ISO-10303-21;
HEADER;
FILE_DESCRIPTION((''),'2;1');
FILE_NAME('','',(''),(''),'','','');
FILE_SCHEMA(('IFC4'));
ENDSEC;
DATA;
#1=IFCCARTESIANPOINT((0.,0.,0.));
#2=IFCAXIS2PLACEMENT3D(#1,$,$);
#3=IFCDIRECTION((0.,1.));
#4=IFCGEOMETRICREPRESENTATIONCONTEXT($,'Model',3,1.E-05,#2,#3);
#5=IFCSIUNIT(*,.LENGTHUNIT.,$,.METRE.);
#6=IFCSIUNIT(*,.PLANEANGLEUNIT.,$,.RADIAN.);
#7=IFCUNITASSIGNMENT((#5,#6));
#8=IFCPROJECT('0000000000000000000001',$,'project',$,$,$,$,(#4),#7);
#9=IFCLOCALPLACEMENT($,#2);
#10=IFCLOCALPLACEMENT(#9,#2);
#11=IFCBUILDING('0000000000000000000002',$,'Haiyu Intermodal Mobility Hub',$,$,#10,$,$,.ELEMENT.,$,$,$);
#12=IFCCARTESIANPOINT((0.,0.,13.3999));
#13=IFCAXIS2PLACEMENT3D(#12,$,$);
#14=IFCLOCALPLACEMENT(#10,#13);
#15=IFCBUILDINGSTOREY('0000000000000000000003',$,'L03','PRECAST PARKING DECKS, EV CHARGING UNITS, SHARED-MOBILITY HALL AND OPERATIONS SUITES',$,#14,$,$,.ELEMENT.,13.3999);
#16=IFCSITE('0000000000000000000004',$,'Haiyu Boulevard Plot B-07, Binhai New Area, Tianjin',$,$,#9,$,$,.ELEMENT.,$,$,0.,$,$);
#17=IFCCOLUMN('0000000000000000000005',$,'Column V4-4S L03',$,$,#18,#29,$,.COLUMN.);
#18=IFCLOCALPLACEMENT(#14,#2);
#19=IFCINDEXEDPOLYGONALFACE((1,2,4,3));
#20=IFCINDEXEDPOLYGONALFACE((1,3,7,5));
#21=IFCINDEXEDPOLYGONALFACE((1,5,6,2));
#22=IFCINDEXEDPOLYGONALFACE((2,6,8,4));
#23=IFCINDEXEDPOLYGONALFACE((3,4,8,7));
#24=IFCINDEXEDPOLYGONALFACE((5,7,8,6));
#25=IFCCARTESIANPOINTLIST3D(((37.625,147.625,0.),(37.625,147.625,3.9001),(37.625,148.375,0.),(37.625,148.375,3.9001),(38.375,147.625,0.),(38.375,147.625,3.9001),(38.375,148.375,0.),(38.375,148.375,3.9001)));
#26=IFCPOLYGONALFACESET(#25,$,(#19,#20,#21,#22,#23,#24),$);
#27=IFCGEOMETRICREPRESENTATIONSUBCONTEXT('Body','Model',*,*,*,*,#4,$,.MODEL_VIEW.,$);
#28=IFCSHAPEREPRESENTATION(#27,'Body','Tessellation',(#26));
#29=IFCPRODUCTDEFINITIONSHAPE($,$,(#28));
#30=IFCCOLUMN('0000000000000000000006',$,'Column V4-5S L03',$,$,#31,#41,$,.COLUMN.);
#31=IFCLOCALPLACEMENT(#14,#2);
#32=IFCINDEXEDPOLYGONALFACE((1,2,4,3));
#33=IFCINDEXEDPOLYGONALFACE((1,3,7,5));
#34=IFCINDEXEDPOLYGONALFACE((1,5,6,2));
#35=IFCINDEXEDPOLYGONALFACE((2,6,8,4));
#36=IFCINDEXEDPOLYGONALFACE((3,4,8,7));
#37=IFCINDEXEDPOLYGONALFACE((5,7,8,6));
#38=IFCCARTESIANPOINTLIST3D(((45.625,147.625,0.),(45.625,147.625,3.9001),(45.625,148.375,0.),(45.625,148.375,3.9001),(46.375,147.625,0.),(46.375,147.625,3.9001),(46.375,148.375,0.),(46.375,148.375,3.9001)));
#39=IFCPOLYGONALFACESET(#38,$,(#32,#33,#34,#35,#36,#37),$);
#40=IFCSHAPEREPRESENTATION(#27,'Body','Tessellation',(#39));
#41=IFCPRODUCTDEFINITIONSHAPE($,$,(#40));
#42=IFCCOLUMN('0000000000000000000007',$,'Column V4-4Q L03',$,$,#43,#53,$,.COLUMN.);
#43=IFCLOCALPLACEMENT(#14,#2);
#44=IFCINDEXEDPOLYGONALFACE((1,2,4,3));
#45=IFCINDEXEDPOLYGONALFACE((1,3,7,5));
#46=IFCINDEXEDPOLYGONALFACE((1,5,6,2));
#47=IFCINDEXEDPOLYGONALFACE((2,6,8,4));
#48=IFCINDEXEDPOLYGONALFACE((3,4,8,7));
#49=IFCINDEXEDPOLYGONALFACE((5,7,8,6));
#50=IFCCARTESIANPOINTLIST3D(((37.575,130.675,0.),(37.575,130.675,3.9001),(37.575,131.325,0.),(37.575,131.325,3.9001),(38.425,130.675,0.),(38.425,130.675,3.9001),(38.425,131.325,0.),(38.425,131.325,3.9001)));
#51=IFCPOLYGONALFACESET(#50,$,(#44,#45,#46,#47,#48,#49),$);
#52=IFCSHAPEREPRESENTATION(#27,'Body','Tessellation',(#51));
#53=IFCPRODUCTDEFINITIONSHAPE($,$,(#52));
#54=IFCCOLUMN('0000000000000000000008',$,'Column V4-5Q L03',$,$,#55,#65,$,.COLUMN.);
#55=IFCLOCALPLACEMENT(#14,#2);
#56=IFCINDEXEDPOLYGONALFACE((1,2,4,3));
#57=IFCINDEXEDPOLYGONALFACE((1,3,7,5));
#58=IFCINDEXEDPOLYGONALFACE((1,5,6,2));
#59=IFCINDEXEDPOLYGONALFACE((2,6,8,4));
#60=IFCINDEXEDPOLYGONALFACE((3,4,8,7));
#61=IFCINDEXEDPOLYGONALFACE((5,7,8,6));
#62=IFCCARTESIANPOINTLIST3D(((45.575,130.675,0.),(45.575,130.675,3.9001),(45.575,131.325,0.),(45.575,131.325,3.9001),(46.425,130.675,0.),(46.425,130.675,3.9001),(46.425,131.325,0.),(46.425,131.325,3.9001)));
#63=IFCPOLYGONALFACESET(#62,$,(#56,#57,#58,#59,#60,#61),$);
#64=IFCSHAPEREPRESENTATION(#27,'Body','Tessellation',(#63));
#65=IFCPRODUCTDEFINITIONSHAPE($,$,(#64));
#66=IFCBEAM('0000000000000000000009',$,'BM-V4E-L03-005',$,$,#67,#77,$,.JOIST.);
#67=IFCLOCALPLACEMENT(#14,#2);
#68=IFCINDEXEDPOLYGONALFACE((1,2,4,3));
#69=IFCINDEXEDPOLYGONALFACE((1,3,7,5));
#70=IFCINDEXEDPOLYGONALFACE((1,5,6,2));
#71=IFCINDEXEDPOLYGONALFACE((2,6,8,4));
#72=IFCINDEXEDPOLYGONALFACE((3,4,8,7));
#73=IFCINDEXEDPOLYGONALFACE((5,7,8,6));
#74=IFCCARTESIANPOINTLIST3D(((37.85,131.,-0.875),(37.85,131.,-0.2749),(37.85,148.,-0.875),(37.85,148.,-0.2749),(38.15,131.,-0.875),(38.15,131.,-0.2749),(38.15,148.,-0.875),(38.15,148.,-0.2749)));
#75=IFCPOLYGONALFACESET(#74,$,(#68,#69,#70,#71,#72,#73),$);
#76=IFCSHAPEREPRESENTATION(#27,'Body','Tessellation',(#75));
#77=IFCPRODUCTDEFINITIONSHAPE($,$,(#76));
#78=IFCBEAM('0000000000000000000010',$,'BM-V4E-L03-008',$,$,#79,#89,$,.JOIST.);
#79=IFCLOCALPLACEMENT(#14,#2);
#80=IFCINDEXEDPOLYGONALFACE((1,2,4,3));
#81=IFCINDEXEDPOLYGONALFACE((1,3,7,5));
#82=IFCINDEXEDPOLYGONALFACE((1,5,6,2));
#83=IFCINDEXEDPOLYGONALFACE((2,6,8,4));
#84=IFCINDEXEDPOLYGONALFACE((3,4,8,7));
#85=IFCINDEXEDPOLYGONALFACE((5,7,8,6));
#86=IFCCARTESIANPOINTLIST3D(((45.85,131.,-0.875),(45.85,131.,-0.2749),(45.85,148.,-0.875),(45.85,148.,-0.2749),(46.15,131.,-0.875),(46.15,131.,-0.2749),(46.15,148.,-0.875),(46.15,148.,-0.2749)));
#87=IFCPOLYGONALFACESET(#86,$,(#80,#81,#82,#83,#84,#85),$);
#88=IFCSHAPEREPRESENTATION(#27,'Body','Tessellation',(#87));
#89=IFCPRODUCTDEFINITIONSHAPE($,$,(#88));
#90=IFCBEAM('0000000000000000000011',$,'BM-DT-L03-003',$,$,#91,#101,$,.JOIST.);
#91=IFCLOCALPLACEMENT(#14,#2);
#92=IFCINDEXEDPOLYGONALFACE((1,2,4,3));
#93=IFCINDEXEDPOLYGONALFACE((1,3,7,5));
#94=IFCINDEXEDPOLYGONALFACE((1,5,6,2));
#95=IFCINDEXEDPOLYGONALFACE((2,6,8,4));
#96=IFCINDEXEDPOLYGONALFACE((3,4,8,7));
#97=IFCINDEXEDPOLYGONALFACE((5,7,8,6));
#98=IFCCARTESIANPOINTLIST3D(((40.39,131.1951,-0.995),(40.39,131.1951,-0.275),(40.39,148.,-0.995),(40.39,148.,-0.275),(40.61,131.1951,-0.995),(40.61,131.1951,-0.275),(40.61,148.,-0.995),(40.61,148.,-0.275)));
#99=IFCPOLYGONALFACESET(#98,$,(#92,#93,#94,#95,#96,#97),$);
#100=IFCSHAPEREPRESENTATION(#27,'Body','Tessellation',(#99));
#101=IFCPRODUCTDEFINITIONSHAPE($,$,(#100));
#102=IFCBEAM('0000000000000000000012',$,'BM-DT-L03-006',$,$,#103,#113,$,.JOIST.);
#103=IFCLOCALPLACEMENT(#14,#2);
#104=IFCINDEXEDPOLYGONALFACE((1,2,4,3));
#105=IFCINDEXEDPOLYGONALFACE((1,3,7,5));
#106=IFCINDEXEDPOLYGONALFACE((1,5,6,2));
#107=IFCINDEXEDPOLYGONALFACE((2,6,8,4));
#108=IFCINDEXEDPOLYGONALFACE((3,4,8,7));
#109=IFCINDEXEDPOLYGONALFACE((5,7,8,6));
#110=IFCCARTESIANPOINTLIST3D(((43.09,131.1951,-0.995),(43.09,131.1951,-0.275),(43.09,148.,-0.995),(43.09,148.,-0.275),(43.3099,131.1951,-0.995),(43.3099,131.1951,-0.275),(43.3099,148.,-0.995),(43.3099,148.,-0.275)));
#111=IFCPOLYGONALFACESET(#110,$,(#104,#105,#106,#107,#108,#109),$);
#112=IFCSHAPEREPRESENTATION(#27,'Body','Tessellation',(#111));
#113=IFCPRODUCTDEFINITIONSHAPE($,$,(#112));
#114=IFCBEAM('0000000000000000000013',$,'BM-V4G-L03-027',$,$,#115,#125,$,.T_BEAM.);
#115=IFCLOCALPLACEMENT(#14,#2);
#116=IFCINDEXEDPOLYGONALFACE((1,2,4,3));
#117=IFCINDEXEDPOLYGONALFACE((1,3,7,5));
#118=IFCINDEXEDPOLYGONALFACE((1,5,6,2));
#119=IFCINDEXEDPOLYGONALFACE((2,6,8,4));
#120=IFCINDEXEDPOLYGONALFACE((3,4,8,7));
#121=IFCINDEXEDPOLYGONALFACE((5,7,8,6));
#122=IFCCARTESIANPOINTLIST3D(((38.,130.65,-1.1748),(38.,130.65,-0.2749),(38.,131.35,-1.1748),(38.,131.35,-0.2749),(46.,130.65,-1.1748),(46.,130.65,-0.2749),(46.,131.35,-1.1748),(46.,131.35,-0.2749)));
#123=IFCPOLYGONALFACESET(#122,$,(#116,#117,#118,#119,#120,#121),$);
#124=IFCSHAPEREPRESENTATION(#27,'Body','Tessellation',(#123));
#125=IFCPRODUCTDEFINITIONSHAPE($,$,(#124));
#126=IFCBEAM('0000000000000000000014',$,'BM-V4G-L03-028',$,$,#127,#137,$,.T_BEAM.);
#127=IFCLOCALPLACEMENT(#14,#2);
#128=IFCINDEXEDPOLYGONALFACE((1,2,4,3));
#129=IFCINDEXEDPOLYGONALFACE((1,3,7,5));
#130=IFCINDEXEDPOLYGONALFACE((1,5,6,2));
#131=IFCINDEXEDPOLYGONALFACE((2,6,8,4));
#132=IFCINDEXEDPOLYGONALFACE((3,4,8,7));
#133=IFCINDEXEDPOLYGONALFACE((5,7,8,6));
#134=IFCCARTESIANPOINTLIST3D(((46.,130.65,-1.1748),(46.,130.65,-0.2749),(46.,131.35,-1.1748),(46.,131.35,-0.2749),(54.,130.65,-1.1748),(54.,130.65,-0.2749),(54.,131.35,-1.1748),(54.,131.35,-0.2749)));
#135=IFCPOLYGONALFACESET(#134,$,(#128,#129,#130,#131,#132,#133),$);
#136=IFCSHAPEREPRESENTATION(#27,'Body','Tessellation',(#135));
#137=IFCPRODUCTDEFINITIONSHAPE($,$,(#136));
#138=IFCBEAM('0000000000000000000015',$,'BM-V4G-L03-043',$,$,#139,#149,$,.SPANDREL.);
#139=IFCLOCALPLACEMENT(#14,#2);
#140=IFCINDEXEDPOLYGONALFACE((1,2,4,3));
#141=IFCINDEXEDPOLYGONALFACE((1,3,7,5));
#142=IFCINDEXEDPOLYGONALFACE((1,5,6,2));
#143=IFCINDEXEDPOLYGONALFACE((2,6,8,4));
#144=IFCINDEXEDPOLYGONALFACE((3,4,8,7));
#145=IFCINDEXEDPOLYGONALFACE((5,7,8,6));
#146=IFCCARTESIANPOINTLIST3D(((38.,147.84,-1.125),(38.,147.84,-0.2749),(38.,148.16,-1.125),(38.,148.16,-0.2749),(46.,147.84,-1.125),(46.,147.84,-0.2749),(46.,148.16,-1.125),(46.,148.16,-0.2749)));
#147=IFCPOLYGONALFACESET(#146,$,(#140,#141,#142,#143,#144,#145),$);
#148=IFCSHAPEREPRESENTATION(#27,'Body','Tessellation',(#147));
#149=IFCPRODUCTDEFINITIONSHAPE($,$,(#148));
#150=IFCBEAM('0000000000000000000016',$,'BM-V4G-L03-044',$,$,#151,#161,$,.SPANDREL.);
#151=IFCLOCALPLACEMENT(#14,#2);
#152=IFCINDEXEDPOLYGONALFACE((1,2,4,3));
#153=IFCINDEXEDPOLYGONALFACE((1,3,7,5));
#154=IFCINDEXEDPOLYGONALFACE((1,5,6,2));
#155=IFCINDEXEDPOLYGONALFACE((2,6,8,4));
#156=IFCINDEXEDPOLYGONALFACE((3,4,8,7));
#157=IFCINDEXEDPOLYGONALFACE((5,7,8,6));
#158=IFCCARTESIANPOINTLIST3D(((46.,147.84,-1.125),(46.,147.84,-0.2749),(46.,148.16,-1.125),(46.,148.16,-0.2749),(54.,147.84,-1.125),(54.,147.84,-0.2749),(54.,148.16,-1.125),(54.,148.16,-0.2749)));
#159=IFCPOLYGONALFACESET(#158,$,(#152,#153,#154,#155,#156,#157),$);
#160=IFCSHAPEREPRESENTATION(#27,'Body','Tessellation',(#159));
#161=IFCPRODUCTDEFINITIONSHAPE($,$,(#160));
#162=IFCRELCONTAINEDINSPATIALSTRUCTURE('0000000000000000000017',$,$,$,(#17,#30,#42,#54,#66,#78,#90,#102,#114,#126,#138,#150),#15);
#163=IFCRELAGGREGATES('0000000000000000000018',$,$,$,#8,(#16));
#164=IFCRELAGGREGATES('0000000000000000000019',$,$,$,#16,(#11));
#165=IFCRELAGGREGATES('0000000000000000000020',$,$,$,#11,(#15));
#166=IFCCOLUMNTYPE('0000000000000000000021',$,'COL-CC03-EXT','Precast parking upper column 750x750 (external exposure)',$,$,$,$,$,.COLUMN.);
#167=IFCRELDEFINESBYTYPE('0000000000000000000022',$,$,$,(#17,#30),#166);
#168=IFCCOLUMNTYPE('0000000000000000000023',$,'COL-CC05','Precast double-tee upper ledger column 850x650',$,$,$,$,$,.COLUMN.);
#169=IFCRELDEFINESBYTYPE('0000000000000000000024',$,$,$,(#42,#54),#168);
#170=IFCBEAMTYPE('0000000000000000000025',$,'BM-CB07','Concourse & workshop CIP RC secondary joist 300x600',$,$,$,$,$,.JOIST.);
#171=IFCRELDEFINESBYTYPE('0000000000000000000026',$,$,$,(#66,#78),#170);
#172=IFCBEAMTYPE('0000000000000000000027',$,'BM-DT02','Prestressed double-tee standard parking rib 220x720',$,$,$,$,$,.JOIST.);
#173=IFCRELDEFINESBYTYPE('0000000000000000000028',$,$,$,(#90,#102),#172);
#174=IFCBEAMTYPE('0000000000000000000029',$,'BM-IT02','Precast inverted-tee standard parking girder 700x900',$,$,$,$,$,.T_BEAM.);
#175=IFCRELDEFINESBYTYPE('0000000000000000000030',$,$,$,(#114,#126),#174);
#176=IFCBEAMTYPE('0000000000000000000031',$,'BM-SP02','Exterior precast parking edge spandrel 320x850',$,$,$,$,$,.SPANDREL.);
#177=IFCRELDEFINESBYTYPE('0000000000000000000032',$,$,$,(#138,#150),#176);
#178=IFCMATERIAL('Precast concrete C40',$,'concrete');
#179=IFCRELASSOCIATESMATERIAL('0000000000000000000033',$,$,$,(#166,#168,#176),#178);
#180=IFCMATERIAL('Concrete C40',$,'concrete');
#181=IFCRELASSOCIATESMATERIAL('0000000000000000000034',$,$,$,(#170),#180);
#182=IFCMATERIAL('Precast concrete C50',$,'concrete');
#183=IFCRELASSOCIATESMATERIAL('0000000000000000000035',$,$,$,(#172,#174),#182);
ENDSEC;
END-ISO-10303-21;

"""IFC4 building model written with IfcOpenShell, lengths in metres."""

from ifc_helpers import new_model, si_unit, direction, frame, origin, origin_2d, place, context, subcontext, project, spatial, rectangle, extrude, material, material_profile, profile_set, type_object, element, save


model = new_model("IFC4")

# Units and contexts
model_context = context("Model", 3, precision=1e-05, world=origin(), true_north=direction((0.0, 1.0)))
body_context = subcontext(model_context, "Body", "Model", "MODEL_VIEW")
ifc_project = project(units=[si_unit("LENGTHUNIT", "METRE"), si_unit("PLANEANGLEUNIT", "RADIAN")], contexts=[model_context])

# Site, building, storey
site_placement = place(None, origin())
site = spatial("IfcSite", under=ifc_project, at=site_placement, Name="Haiyu Boulevard Plot B-07, Binhai New Area, Tianjin", CompositionType="ELEMENT", RefElevation=0.0)
building_placement = place(site_placement, origin())
building = spatial("IfcBuilding", under=site, at=building_placement, Name="Haiyu Intermodal Mobility Hub", CompositionType="ELEMENT")
storey_placement = place(building_placement, frame((0.0, 0.0, 13.3999)))
storey = spatial("IfcBuildingStorey", under=building, at=storey_placement, Name="L03", Description="PRECAST PARKING DECKS, EV CHARGING UNITS, SHARED-MOBILITY HALL AND OPERATIONS SUITES", CompositionType="ELEMENT", Elevation=13.3999)

# Columns
ifc_material_1 = material(Name="Precast concrete C40", Category="concrete")
ifc_material_profile_1 = material_profile(ifc_material_1, rectangle(XDim=0.75, YDim=0.75, at=origin_2d()), Name="RC750x750")
ifc_profile_set_1 = profile_set([ifc_material_profile_1], Name="Precast concrete C40")
column_type_1 = type_object("IfcColumnType", Name="COL-CC03-EXT", Description="Precast parking upper column 750x750 (external exposure)", PredefinedType="COLUMN", material=ifc_profile_set_1)
for number, where, z_axis, x_axis, name in (
    (1, (38.0, 148.0, 0.0), (0.0, 0.0, 1.0), (1.0, 0.0, 0.0), "Column V4-4S L03"),
    (2, (46.0, 148.0, 0.0), (0.0, 0.0, 1.0), (1.0, 0.0, 0.0), "Column V4-5S L03"),
):
    element("IfcColumn", number, at=place(storey_placement, frame(where, z_axis=z_axis, x_axis=x_axis)), inside=storey, type_object=column_type_1, Name=name, PredefinedType="COLUMN", context=body_context, shape_type="SweptSolid", body=[
        extrude(rectangle(XDim=0.75, YDim=0.75, at=origin_2d()), origin(), (0.0, 0.0, 1.0), 3.9001),
    ])
ifc_material_profile_2 = material_profile(ifc_material_1, rectangle(XDim=0.8501, YDim=0.6499, at=origin_2d()), Name="RC850x650")
ifc_profile_set_2 = profile_set([ifc_material_profile_2], Name="Precast concrete C40")
column_type_2 = type_object("IfcColumnType", Name="COL-CC05", Description="Precast double-tee upper ledger column 850x650", PredefinedType="COLUMN", material=ifc_profile_set_2)
for number, where, z_axis, x_axis, name in (
    (3, (38.0, 131.0, 0.0), (0.0, 0.0, 1.0), (1.0, 0.0, 0.0), "Column V4-4Q L03"),
    (4, (46.0, 131.0, 0.0), (0.0, 0.0, 1.0), (1.0, 0.0, 0.0), "Column V4-5Q L03"),
):
    element("IfcColumn", number, at=place(storey_placement, frame(where, z_axis=z_axis, x_axis=x_axis)), inside=storey, type_object=column_type_2, Name=name, PredefinedType="COLUMN", context=body_context, shape_type="SweptSolid", body=[
        extrude(rectangle(XDim=0.8501, YDim=0.6499, at=origin_2d()), origin(), (0.0, 0.0, 1.0), 3.9001),
    ])

# Beams
ifc_material_2 = material(Name="Concrete C40", Category="concrete")
ifc_material_profile_3 = material_profile(ifc_material_2, rectangle(XDim=0.3, YDim=0.6001, at=origin_2d()), Name="RCB300x600")
ifc_profile_set_3 = profile_set([ifc_material_profile_3], Name="Concrete C40")
beam_type_1 = type_object("IfcBeamType", Name="BM-CB07", Description="Concourse & workshop CIP RC secondary joist 300x600", PredefinedType="JOIST", material=ifc_profile_set_3)
for number, where, z_axis, x_axis, name in (
    (5, (38.0, 131.0, -0.575), (0.0, 1.0, 0.0), (-1.0, 0.0, 0.0), "BM-V4E-L03-005"),
    (6, (46.0, 131.0, -0.575), (0.0, 1.0, 0.0), (-1.0, 0.0, 0.0), "BM-V4E-L03-008"),
):
    element("IfcBeam", number, at=place(storey_placement, frame(where, z_axis=z_axis, x_axis=x_axis)), inside=storey, type_object=beam_type_1, Name=name, PredefinedType="JOIST", context=body_context, shape_type="SweptSolid", body=[
        extrude(rectangle(XDim=0.3, YDim=0.6001, at=origin_2d()), origin(), (0.0, 0.0, 1.0), 17.0),
    ])
ifc_material_3 = material(Name="Precast concrete C50", Category="concrete")
ifc_material_profile_4 = material_profile(ifc_material_3, rectangle(XDim=0.22, YDim=0.72, at=origin_2d()), Name="PC220x720")
ifc_profile_set_4 = profile_set([ifc_material_profile_4], Name="Precast concrete C50")
beam_type_2 = type_object("IfcBeamType", Name="BM-DT02", Description="Prestressed double-tee standard parking rib 220x720", PredefinedType="JOIST", material=ifc_profile_set_4)
for number, where, z_axis, x_axis, name in (
    (7, (40.5, 131.1951, -0.635), (0.0, 1.0, 0.0), (-1.0, 0.0, 0.0), "BM-DT-L03-003"),
    (8, (43.2, 131.1951, -0.635), (0.0, 1.0, 0.0), (-1.0, 0.0, 0.0), "BM-DT-L03-006"),
):
    element("IfcBeam", number, at=place(storey_placement, frame(where, z_axis=z_axis, x_axis=x_axis)), inside=storey, type_object=beam_type_2, Name=name, PredefinedType="JOIST", context=body_context, shape_type="SweptSolid", body=[
        extrude(rectangle(XDim=0.22, YDim=0.72, at=origin_2d()), origin(), (0.0, 0.0, 1.0), 16.8049),
    ])
ifc_material_profile_5 = material_profile(ifc_material_3, rectangle(XDim=0.7, YDim=0.8999, at=origin_2d()), Name="PC700x900")
ifc_profile_set_5 = profile_set([ifc_material_profile_5], Name="Precast concrete C50")
beam_type_3 = type_object("IfcBeamType", Name="BM-IT02", Description="Precast inverted-tee standard parking girder 700x900", PredefinedType="T_BEAM", material=ifc_profile_set_5)
for number, where, z_axis, x_axis, name in (
    (9, (38.0, 131.0, -0.7249), (1.0, 0.0, 0.0), (0.0, 1.0, 0.0), "BM-V4G-L03-027"),
    (10, (46.0, 131.0, -0.7249), (1.0, 0.0, 0.0), (0.0, 1.0, 0.0), "BM-V4G-L03-028"),
):
    element("IfcBeam", number, at=place(storey_placement, frame(where, z_axis=z_axis, x_axis=x_axis)), inside=storey, type_object=beam_type_3, Name=name, PredefinedType="T_BEAM", context=body_context, shape_type="SweptSolid", body=[
        extrude(rectangle(XDim=0.7, YDim=0.8999, at=origin_2d()), origin(), (0.0, 0.0, 1.0), 8.0),
    ])
ifc_material_profile_6 = material_profile(ifc_material_1, rectangle(XDim=0.3201, YDim=0.8501, at=origin_2d()), Name="PC320x850")
ifc_profile_set_6 = profile_set([ifc_material_profile_6], Name="Precast concrete C40")
beam_type_4 = type_object("IfcBeamType", Name="BM-SP02", Description="Exterior precast parking edge spandrel 320x850", PredefinedType="SPANDREL", material=ifc_profile_set_6)
for number, where, z_axis, x_axis, name in (
    (11, (38.0, 148.0, -0.7), (1.0, 0.0, 0.0), (0.0, 1.0, 0.0), "BM-V4G-L03-043"),
    (12, (46.0, 148.0, -0.7), (1.0, 0.0, 0.0), (0.0, 1.0, 0.0), "BM-V4G-L03-044"),
):
    element("IfcBeam", number, at=place(storey_placement, frame(where, z_axis=z_axis, x_axis=x_axis)), inside=storey, type_object=beam_type_4, Name=name, PredefinedType="SPANDREL", context=body_context, shape_type="SweptSolid", body=[
        extrude(rectangle(XDim=0.3201, YDim=0.8501, at=origin_2d()), origin(), (0.0, 0.0, 1.0), 8.0),
    ])

save(model, "model.ifc")
